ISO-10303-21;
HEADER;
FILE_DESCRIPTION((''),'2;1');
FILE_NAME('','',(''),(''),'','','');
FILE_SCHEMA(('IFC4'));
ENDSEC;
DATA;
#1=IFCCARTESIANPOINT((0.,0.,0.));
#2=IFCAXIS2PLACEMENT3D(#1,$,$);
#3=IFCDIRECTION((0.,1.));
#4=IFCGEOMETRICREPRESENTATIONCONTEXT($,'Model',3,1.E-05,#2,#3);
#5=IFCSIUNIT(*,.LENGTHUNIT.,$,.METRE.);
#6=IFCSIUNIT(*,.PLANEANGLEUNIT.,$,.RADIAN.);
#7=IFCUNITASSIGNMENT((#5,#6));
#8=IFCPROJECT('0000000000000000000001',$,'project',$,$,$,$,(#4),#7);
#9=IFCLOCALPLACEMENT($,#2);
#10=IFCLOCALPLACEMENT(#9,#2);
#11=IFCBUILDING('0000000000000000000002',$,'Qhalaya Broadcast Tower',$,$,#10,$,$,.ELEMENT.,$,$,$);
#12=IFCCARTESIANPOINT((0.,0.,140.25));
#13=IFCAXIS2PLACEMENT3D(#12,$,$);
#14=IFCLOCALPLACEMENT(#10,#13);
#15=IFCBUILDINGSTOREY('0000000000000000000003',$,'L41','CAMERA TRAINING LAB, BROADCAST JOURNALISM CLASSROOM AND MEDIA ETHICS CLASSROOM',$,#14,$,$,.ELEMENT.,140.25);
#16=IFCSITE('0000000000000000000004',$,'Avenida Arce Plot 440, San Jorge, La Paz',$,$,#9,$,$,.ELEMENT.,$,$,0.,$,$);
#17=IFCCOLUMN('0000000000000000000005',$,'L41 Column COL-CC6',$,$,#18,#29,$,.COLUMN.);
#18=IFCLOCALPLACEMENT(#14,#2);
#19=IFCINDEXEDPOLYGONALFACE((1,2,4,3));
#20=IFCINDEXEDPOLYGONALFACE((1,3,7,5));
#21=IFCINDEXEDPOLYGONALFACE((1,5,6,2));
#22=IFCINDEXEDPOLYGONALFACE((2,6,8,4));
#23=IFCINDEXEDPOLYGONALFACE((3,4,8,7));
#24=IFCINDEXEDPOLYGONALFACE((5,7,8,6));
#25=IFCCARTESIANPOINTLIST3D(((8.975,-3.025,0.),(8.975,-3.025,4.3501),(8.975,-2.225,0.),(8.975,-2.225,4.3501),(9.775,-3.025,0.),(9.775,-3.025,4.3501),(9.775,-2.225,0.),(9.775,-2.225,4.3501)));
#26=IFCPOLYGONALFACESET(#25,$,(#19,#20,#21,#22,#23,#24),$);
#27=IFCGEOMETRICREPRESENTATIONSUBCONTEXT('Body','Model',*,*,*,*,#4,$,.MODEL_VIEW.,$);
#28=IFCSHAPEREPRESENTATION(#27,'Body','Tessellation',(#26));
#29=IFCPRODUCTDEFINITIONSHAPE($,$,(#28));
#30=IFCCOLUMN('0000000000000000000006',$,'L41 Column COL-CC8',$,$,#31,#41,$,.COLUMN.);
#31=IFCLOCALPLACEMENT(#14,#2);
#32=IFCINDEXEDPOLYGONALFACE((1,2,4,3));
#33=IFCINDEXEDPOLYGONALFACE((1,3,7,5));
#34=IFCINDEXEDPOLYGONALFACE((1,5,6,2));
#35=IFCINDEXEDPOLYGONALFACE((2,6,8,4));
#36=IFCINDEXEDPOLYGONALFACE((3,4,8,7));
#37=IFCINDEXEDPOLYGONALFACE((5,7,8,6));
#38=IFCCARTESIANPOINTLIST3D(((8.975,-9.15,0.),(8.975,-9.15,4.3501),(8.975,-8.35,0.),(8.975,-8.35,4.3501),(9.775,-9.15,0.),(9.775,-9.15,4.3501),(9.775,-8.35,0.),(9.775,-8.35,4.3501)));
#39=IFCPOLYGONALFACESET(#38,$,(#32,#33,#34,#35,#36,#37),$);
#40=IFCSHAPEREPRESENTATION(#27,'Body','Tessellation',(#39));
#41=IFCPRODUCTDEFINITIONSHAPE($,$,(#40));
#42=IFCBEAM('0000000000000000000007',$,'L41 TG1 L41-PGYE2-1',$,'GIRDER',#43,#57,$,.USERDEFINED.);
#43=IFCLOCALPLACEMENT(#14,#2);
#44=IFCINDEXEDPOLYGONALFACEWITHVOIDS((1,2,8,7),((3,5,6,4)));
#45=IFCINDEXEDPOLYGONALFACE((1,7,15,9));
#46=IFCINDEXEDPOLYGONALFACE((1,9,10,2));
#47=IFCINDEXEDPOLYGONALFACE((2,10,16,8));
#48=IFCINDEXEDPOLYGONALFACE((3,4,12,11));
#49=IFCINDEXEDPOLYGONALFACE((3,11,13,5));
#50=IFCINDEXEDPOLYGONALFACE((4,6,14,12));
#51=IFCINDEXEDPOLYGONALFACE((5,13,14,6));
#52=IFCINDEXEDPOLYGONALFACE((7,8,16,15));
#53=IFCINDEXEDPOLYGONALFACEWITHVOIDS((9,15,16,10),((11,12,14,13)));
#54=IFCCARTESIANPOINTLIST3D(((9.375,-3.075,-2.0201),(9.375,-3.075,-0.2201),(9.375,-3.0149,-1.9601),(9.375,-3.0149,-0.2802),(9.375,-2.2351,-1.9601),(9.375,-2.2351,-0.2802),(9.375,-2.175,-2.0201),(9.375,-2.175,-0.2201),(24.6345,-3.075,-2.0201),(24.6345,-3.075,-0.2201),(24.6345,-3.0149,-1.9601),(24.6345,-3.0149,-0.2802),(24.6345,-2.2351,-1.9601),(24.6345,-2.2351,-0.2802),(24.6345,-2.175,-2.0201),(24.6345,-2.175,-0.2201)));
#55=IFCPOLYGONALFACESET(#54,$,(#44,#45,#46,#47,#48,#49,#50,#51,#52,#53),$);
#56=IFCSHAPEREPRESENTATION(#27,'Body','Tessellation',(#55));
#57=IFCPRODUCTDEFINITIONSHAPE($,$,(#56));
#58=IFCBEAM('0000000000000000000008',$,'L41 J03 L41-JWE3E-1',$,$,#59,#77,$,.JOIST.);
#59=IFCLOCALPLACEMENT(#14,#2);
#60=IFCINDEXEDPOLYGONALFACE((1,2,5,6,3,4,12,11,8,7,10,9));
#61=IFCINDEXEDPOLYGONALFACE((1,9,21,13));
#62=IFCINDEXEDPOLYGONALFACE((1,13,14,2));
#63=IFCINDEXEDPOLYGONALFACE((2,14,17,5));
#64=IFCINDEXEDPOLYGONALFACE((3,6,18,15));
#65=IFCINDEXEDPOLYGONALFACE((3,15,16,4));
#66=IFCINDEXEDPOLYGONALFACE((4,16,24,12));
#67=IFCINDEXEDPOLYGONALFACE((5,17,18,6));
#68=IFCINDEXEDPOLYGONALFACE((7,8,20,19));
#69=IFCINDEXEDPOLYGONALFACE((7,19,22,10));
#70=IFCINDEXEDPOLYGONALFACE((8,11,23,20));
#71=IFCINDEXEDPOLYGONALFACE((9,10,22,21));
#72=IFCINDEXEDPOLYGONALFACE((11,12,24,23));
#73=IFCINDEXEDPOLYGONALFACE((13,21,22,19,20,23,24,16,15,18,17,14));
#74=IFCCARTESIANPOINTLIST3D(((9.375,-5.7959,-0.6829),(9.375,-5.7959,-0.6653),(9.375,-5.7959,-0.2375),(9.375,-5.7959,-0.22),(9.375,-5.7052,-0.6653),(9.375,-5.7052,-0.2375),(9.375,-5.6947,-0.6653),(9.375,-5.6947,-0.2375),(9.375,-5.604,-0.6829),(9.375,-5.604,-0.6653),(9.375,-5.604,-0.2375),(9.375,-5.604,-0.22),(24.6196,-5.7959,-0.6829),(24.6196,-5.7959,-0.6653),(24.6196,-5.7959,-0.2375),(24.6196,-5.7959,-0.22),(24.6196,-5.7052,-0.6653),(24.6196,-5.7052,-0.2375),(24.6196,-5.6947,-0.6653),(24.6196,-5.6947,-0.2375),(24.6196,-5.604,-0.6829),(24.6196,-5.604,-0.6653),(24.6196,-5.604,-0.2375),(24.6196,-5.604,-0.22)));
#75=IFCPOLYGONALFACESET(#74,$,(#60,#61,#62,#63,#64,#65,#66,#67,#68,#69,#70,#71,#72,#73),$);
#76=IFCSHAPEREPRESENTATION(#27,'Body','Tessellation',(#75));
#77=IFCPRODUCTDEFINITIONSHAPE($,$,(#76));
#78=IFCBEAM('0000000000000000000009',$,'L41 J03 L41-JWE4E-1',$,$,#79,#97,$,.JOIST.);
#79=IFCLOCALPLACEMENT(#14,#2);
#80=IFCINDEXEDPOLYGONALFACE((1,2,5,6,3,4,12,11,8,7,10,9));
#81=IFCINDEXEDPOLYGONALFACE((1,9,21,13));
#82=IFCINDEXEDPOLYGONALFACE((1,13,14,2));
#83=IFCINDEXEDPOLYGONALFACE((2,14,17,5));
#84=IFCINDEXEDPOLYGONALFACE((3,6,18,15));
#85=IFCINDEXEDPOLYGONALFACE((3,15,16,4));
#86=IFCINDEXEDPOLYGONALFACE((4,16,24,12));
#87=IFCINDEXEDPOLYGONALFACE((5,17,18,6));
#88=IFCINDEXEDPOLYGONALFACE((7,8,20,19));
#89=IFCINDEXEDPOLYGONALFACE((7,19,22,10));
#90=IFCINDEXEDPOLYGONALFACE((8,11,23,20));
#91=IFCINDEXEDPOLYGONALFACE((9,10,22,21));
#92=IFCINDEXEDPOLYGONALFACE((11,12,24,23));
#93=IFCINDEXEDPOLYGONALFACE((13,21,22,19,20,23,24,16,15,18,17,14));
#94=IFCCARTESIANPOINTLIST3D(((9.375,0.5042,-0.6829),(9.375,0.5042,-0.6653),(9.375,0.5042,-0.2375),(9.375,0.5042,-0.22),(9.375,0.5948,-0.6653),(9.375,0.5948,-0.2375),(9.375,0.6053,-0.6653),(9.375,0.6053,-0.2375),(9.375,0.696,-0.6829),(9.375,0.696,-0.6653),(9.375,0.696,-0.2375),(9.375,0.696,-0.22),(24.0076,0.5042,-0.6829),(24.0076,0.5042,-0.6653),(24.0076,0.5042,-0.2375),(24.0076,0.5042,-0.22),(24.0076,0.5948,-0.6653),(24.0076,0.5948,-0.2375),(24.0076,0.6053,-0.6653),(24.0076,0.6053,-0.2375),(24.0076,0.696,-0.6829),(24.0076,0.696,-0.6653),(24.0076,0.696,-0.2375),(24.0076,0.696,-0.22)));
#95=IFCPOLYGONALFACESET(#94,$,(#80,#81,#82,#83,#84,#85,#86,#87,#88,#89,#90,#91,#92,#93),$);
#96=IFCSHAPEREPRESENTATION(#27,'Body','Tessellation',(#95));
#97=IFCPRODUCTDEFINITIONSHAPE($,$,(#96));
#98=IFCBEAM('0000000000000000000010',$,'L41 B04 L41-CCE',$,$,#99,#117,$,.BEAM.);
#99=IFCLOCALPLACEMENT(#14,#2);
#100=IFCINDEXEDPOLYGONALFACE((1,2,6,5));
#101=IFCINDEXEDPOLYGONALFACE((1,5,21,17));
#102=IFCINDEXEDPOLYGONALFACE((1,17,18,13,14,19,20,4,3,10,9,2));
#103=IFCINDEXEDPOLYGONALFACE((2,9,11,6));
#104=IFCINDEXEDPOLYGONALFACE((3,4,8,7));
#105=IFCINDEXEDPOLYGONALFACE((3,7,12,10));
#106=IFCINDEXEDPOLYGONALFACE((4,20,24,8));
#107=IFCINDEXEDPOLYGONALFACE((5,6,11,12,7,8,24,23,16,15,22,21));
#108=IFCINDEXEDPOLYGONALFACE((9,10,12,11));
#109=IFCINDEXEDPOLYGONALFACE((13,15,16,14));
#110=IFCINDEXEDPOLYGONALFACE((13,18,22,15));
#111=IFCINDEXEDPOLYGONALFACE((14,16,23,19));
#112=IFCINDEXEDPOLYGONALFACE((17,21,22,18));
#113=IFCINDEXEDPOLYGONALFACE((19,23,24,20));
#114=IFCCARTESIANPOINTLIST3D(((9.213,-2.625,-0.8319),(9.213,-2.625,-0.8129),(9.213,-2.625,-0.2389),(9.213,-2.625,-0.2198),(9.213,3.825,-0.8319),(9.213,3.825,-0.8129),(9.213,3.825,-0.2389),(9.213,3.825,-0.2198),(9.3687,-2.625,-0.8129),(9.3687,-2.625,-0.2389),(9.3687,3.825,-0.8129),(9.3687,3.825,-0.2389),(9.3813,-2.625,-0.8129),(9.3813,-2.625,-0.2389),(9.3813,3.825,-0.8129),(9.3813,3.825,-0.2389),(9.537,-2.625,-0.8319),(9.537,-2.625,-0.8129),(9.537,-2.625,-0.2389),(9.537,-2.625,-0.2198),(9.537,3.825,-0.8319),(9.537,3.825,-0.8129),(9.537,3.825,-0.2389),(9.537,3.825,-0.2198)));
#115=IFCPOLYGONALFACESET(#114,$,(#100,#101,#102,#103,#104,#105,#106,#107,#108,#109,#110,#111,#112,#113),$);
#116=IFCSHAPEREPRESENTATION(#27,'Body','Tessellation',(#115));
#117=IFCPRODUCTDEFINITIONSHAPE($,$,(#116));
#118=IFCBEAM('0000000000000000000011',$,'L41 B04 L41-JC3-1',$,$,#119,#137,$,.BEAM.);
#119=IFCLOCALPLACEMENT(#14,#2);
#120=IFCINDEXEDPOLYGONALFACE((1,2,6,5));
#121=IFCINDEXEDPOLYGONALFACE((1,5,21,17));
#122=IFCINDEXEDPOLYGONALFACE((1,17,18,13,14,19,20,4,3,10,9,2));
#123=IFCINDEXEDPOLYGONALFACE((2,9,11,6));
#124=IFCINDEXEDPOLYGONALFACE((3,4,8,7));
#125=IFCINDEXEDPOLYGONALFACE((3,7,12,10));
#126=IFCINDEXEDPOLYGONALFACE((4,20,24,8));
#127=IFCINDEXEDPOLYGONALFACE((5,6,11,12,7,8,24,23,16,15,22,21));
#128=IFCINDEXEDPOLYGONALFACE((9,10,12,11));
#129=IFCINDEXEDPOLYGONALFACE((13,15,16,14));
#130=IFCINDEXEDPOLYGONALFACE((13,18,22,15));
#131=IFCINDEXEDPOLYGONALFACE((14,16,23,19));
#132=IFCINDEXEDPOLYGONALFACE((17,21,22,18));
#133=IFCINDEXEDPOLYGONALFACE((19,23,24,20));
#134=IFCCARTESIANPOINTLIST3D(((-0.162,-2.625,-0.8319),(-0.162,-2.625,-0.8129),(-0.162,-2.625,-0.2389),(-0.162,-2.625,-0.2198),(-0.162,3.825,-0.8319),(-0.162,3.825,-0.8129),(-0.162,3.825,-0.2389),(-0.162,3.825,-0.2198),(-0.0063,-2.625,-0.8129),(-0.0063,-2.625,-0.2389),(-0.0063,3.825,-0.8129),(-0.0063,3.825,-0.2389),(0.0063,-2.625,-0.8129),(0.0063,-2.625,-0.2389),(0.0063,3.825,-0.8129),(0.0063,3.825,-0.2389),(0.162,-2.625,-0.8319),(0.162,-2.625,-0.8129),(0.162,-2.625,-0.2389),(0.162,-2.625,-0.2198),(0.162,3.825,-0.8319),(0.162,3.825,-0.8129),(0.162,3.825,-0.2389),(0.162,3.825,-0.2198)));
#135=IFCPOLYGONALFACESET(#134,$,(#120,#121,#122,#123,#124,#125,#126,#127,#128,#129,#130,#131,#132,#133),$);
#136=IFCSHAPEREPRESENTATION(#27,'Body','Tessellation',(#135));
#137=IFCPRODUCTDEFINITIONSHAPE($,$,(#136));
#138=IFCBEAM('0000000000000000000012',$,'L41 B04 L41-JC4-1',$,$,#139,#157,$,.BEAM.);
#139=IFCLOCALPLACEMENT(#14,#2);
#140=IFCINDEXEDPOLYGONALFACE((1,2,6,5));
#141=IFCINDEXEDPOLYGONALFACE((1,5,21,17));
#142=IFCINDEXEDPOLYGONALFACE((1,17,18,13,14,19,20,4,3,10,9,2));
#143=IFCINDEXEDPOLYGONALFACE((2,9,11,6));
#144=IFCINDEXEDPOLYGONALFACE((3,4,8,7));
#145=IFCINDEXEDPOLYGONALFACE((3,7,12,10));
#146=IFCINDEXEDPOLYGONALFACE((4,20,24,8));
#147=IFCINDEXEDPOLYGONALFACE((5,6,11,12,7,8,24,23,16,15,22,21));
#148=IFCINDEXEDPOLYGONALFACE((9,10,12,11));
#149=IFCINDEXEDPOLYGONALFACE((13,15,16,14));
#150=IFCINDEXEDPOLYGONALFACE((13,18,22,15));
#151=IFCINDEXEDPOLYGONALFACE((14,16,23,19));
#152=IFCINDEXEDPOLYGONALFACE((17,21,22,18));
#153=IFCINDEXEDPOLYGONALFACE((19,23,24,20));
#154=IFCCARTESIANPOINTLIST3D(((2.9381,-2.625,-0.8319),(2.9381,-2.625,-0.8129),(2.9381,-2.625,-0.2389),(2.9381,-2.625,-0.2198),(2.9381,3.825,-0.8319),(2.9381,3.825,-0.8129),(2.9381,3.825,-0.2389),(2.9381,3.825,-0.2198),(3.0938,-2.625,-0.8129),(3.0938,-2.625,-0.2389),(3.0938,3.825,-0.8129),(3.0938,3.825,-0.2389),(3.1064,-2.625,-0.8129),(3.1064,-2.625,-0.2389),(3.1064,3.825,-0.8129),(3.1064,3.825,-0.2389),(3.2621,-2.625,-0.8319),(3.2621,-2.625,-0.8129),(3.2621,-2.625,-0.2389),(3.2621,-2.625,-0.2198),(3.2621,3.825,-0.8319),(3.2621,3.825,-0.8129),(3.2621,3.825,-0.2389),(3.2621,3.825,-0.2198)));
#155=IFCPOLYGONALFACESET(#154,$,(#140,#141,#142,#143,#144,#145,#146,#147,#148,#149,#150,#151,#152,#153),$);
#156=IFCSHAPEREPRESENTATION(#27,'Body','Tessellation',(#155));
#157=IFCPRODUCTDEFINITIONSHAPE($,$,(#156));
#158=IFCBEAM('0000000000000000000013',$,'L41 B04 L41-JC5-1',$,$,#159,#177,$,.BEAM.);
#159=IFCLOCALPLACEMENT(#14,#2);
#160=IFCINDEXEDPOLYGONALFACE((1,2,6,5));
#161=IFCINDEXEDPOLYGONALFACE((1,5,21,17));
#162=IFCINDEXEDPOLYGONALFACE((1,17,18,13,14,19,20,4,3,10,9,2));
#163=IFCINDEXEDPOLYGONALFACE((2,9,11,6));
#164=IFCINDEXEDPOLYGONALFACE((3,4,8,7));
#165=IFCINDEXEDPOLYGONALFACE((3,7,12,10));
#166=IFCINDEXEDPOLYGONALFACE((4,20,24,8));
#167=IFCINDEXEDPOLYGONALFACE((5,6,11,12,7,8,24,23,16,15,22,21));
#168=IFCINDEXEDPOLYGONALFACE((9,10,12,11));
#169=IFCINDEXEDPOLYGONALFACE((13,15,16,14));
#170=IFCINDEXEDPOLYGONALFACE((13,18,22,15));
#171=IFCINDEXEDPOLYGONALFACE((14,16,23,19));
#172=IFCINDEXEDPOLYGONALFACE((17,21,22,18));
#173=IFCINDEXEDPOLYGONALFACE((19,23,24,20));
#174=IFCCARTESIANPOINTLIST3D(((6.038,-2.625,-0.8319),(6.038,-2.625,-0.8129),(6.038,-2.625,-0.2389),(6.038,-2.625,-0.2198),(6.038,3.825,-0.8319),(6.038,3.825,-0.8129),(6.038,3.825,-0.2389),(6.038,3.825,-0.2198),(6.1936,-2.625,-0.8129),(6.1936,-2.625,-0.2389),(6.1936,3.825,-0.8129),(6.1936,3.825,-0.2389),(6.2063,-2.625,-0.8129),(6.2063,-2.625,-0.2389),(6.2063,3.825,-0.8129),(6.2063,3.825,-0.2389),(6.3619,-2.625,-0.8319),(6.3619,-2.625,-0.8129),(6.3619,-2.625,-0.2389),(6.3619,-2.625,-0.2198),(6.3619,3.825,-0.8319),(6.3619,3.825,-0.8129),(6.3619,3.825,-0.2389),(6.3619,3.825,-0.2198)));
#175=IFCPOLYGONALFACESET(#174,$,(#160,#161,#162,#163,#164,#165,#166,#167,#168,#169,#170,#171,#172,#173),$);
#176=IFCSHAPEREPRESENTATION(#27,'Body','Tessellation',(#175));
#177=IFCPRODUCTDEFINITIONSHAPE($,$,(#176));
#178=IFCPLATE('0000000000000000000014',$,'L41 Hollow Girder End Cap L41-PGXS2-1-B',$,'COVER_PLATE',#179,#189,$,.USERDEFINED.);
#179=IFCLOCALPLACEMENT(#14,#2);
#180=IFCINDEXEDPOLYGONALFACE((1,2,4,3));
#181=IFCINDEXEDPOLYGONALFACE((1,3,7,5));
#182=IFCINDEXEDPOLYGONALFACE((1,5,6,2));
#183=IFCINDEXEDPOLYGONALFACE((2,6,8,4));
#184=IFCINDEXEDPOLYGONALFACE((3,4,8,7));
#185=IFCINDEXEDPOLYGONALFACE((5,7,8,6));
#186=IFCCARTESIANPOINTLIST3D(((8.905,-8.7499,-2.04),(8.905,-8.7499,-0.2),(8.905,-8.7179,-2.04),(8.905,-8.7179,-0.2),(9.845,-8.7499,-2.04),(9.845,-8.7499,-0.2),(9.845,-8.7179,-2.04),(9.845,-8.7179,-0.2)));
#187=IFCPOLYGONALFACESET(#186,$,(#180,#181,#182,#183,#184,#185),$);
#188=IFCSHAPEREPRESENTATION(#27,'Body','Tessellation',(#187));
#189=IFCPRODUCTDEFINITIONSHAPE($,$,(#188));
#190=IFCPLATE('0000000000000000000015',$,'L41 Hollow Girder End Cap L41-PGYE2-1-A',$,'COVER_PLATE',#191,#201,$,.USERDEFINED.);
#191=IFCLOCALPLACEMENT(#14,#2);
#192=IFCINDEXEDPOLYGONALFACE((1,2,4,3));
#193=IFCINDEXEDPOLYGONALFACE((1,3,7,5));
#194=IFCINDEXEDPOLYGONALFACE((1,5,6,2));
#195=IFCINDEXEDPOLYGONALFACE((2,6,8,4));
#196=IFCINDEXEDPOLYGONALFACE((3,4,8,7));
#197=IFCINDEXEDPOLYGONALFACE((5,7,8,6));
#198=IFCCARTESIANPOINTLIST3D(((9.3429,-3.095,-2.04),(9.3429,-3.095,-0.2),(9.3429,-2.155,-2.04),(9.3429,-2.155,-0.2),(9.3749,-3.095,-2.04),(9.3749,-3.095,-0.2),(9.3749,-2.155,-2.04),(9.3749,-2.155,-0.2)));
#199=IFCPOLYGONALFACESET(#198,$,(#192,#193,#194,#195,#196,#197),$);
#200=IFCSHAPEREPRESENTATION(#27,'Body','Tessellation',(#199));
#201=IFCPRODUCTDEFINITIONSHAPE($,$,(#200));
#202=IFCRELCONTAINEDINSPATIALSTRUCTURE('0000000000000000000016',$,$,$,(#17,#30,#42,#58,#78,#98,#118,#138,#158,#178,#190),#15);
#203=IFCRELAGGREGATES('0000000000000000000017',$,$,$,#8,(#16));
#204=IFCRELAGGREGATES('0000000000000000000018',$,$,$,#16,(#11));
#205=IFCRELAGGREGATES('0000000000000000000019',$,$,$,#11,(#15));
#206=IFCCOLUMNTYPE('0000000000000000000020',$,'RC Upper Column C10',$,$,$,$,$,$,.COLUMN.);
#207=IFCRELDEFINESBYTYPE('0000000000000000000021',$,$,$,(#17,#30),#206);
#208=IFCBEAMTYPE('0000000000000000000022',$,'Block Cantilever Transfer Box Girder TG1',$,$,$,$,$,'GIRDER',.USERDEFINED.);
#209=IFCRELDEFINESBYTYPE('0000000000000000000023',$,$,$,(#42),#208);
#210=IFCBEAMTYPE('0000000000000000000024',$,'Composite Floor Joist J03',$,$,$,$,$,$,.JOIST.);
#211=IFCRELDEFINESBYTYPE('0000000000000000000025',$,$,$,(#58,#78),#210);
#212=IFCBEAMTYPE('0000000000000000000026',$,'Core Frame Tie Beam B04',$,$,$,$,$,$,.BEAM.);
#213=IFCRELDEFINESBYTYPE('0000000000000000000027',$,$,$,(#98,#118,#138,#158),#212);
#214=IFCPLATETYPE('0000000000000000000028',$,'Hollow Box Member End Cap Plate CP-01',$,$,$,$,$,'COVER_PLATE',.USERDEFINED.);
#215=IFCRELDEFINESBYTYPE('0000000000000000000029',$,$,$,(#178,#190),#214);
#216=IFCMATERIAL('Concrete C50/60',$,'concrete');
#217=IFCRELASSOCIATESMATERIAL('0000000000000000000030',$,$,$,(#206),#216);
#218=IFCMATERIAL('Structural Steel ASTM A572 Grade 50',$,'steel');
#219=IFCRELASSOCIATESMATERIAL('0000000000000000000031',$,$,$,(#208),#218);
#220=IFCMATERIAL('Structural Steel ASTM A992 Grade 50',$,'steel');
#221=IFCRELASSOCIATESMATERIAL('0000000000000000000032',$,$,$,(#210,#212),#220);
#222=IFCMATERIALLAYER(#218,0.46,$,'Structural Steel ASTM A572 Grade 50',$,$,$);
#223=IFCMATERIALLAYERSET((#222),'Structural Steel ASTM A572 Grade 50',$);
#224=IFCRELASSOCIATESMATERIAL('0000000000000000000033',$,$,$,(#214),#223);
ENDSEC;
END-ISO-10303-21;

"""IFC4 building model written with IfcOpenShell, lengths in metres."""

from ifc_helpers import new_model, si_unit, direction, frame, origin, origin_2d, place, context, subcontext, project, spatial, rectangle, hollow_rectangle, i_section, extrude, material, layer, layer_set, material_profile, profile_set, type_object, element, save


model = new_model("IFC4")

# Units and contexts
model_context = context("Model", 3, precision=1e-05, world=origin(), true_north=direction((0.0, 1.0)))
body_context = subcontext(model_context, "Body", "Model", "MODEL_VIEW")
ifc_project = project(units=[si_unit("LENGTHUNIT", "METRE"), si_unit("PLANEANGLEUNIT", "RADIAN")], contexts=[model_context])

# Site, building, storey
site_placement = place(None, origin())
site = spatial("IfcSite", under=ifc_project, at=site_placement, Name="Avenida Arce Plot 440, San Jorge, La Paz", CompositionType="ELEMENT", RefElevation=0.0)
building_placement = place(site_placement, origin())
building = spatial("IfcBuilding", under=site, at=building_placement, Name="Qhalaya Broadcast Tower", CompositionType="ELEMENT")
storey_placement = place(building_placement, frame((0.0, 0.0, 140.25)))
storey = spatial("IfcBuildingStorey", under=building, at=storey_placement, Name="L41", Description="CAMERA TRAINING LAB, BROADCAST JOURNALISM CLASSROOM AND MEDIA ETHICS CLASSROOM", CompositionType="ELEMENT", Elevation=140.25)

# Columns
ifc_material_1 = material(Name="Concrete C50/60", Category="concrete")
ifc_material_profile_1 = material_profile(ifc_material_1, rectangle(XDim=0.8, YDim=0.8, at=origin_2d()), Name="RC-COL 800x800")
ifc_profile_set_1 = profile_set([ifc_material_profile_1], Name="Concrete C50/60")
column_type = type_object("IfcColumnType", Name="RC Upper Column C10", PredefinedType="COLUMN", material=ifc_profile_set_1)
for number, where, z_axis, x_axis, name in (
    (1, (9.375, -2.625, 0.0), (0.0, 0.0, 1.0), (1.0, 0.0, 0.0), "L41 Column COL-CC6"),
    (2, (9.375, -8.75, 0.0), (0.0, 0.0, 1.0), (1.0, 0.0, 0.0), "L41 Column COL-CC8"),
):
    element("IfcColumn", number, at=place(storey_placement, frame(where, z_axis=z_axis, x_axis=x_axis)), inside=storey, type_object=column_type, Name=name, PredefinedType="COLUMN", context=body_context, shape_type="SweptSolid", body=[
        extrude(rectangle(XDim=0.8, YDim=0.8, at=origin_2d()), origin(), (0.0, 0.0, 1.0), 4.3501),
    ])

# Beams
ifc_material_2 = material(Name="Structural Steel ASTM A572 Grade 50", Category="steel")
ifc_material_profile_2 = material_profile(ifc_material_2, hollow_rectangle(XDim=0.8999, YDim=1.8, WallThickness=0.0601, at=origin_2d()), Name="BOX 900x1800x60")
ifc_profile_set_2 = profile_set([ifc_material_profile_2], Name="Structural Steel ASTM A572 Grade 50")
beam_type_1 = type_object("IfcBeamType", Name="Block Cantilever Transfer Box Girder TG1", ElementType="GIRDER", PredefinedType="USERDEFINED", material=ifc_profile_set_2)
beam_1_placement = place(storey_placement, frame((9.375, -2.625, -1.1201), z_axis=(1.0, 0.0, 0.0), x_axis=(0.0, 1.0, 0.0)))
element("IfcBeam", 3, at=beam_1_placement, inside=storey, type_object=beam_type_1, Name="L41 TG1 L41-PGYE2-1", ObjectType="GIRDER", PredefinedType="USERDEFINED", context=body_context, shape_type="SweptSolid", body=[
    extrude(hollow_rectangle(XDim=0.8999, YDim=1.8, WallThickness=0.0601, at=origin_2d()), origin(), (0.0, 0.0, 1.0), 15.2595),
])
ifc_material_3 = material(Name="Structural Steel ASTM A992 Grade 50", Category="steel")
ifc_material_profile_3 = material_profile(ifc_material_3, i_section(OverallWidth=0.1919, OverallDepth=0.4629, WebThickness=0.0105, FlangeThickness=0.0176, at=origin_2d()), Name="W18X60")
ifc_profile_set_3 = profile_set([ifc_material_profile_3], Name="Structural Steel ASTM A992 Grade 50")
beam_type_2 = type_object("IfcBeamType", Name="Composite Floor Joist J03", PredefinedType="JOIST", material=ifc_profile_set_3)
beam_2_placement = place(storey_placement, frame((9.375, -5.7, -0.4514), z_axis=(1.0, 0.0, 0.0), x_axis=(0.0, 1.0, 0.0)))
element("IfcBeam", 4, at=beam_2_placement, inside=storey, type_object=beam_type_2, Name="L41 J03 L41-JWE3E-1", PredefinedType="JOIST", context=body_context, shape_type="SweptSolid", body=[
    extrude(i_section(OverallWidth=0.1919, OverallDepth=0.4629, WebThickness=0.0105, FlangeThickness=0.0176, at=origin_2d()), origin(), (0.0, 0.0, 1.0), 15.2446),
])
beam_3_placement = place(storey_placement, frame((9.375, 0.6001, -0.4514), z_axis=(1.0, 0.0, 0.0), x_axis=(0.0, 1.0, 0.0)))
element("IfcBeam", 5, at=beam_3_placement, inside=storey, type_object=beam_type_2, Name="L41 J03 L41-JWE4E-1", PredefinedType="JOIST", context=body_context, shape_type="SweptSolid", body=[
    extrude(i_section(OverallWidth=0.1919, OverallDepth=0.4629, WebThickness=0.0105, FlangeThickness=0.0176, at=origin_2d()), origin(), (0.0, 0.0, 1.0), 14.6326),
])
ifc_material_profile_4 = material_profile(ifc_material_3, i_section(OverallWidth=0.324, OverallDepth=0.6121, WebThickness=0.0127, FlangeThickness=0.019, at=origin_2d()), Name="W24X104")
ifc_profile_set_4 = profile_set([ifc_material_profile_4], Name="Structural Steel ASTM A992 Grade 50")
beam_type_3 = type_object("IfcBeamType", Name="Core Frame Tie Beam B04", PredefinedType="BEAM", material=ifc_profile_set_4)
for number, where, z_axis, x_axis, name in (
    (6, (9.375, -2.625, -0.5259), (0.0, 1.0, 0.0), (-1.0, 0.0, 0.0), "L41 B04 L41-CCE"),
    (7, (0.0, -2.625, -0.5259), (0.0, 1.0, 0.0), (-1.0, 0.0, 0.0), "L41 B04 L41-JC3-1"),
    (8, (3.1001, -2.625, -0.5259), (0.0, 1.0, 0.0), (-1.0, 0.0, 0.0), "L41 B04 L41-JC4-1"),
    (9, (6.2, -2.625, -0.5259), (0.0, 1.0, 0.0), (-1.0, 0.0, 0.0), "L41 B04 L41-JC5-1"),
):
    element("IfcBeam", number, at=place(storey_placement, frame(where, z_axis=z_axis, x_axis=x_axis)), inside=storey, type_object=beam_type_3, Name=name, PredefinedType="BEAM", context=body_context, shape_type="SweptSolid", body=[
        extrude(i_section(OverallWidth=0.324, OverallDepth=0.6121, WebThickness=0.0127, FlangeThickness=0.019, at=origin_2d()), origin(), (0.0, 0.0, 1.0), 6.45),
    ])

# Plates
ifc_layer_1 = layer(ifc_material_2, 0.46, Name="Structural Steel ASTM A572 Grade 50")
ifc_layer_set_1 = layer_set([ifc_layer_1], Name="Structural Steel ASTM A572 Grade 50")
plate_type = type_object("IfcPlateType", Name="Hollow Box Member End Cap Plate CP-01", ElementType="COVER_PLATE", PredefinedType="USERDEFINED", material=ifc_layer_set_1)
for number, where, z_axis, x_axis, name in (
    (10, (9.375, -8.7339, -2.04), (0.0, 0.0, 1.0), (-1.0, 0.0, 0.0), "L41 Hollow Girder End Cap L41-PGXS2-1-B"),
    (11, (9.3589, -2.625, -2.04), (0.0, 0.0, 1.0), (0.0, 1.0, 0.0), "L41 Hollow Girder End Cap L41-PGYE2-1-A"),
):
    element("IfcPlate", number, at=place(storey_placement, frame(where, z_axis=z_axis, x_axis=x_axis)), inside=storey, type_object=plate_type, Name=name, ObjectType="COVER_PLATE", PredefinedType="USERDEFINED", context=body_context, shape_type="SweptSolid", body=[
        extrude(rectangle(XDim=0.9399, YDim=0.032, at=origin_2d()), origin(), (0.0, 0.0, 1.0), 1.8401),
    ])

save(model, "model.ifc")
